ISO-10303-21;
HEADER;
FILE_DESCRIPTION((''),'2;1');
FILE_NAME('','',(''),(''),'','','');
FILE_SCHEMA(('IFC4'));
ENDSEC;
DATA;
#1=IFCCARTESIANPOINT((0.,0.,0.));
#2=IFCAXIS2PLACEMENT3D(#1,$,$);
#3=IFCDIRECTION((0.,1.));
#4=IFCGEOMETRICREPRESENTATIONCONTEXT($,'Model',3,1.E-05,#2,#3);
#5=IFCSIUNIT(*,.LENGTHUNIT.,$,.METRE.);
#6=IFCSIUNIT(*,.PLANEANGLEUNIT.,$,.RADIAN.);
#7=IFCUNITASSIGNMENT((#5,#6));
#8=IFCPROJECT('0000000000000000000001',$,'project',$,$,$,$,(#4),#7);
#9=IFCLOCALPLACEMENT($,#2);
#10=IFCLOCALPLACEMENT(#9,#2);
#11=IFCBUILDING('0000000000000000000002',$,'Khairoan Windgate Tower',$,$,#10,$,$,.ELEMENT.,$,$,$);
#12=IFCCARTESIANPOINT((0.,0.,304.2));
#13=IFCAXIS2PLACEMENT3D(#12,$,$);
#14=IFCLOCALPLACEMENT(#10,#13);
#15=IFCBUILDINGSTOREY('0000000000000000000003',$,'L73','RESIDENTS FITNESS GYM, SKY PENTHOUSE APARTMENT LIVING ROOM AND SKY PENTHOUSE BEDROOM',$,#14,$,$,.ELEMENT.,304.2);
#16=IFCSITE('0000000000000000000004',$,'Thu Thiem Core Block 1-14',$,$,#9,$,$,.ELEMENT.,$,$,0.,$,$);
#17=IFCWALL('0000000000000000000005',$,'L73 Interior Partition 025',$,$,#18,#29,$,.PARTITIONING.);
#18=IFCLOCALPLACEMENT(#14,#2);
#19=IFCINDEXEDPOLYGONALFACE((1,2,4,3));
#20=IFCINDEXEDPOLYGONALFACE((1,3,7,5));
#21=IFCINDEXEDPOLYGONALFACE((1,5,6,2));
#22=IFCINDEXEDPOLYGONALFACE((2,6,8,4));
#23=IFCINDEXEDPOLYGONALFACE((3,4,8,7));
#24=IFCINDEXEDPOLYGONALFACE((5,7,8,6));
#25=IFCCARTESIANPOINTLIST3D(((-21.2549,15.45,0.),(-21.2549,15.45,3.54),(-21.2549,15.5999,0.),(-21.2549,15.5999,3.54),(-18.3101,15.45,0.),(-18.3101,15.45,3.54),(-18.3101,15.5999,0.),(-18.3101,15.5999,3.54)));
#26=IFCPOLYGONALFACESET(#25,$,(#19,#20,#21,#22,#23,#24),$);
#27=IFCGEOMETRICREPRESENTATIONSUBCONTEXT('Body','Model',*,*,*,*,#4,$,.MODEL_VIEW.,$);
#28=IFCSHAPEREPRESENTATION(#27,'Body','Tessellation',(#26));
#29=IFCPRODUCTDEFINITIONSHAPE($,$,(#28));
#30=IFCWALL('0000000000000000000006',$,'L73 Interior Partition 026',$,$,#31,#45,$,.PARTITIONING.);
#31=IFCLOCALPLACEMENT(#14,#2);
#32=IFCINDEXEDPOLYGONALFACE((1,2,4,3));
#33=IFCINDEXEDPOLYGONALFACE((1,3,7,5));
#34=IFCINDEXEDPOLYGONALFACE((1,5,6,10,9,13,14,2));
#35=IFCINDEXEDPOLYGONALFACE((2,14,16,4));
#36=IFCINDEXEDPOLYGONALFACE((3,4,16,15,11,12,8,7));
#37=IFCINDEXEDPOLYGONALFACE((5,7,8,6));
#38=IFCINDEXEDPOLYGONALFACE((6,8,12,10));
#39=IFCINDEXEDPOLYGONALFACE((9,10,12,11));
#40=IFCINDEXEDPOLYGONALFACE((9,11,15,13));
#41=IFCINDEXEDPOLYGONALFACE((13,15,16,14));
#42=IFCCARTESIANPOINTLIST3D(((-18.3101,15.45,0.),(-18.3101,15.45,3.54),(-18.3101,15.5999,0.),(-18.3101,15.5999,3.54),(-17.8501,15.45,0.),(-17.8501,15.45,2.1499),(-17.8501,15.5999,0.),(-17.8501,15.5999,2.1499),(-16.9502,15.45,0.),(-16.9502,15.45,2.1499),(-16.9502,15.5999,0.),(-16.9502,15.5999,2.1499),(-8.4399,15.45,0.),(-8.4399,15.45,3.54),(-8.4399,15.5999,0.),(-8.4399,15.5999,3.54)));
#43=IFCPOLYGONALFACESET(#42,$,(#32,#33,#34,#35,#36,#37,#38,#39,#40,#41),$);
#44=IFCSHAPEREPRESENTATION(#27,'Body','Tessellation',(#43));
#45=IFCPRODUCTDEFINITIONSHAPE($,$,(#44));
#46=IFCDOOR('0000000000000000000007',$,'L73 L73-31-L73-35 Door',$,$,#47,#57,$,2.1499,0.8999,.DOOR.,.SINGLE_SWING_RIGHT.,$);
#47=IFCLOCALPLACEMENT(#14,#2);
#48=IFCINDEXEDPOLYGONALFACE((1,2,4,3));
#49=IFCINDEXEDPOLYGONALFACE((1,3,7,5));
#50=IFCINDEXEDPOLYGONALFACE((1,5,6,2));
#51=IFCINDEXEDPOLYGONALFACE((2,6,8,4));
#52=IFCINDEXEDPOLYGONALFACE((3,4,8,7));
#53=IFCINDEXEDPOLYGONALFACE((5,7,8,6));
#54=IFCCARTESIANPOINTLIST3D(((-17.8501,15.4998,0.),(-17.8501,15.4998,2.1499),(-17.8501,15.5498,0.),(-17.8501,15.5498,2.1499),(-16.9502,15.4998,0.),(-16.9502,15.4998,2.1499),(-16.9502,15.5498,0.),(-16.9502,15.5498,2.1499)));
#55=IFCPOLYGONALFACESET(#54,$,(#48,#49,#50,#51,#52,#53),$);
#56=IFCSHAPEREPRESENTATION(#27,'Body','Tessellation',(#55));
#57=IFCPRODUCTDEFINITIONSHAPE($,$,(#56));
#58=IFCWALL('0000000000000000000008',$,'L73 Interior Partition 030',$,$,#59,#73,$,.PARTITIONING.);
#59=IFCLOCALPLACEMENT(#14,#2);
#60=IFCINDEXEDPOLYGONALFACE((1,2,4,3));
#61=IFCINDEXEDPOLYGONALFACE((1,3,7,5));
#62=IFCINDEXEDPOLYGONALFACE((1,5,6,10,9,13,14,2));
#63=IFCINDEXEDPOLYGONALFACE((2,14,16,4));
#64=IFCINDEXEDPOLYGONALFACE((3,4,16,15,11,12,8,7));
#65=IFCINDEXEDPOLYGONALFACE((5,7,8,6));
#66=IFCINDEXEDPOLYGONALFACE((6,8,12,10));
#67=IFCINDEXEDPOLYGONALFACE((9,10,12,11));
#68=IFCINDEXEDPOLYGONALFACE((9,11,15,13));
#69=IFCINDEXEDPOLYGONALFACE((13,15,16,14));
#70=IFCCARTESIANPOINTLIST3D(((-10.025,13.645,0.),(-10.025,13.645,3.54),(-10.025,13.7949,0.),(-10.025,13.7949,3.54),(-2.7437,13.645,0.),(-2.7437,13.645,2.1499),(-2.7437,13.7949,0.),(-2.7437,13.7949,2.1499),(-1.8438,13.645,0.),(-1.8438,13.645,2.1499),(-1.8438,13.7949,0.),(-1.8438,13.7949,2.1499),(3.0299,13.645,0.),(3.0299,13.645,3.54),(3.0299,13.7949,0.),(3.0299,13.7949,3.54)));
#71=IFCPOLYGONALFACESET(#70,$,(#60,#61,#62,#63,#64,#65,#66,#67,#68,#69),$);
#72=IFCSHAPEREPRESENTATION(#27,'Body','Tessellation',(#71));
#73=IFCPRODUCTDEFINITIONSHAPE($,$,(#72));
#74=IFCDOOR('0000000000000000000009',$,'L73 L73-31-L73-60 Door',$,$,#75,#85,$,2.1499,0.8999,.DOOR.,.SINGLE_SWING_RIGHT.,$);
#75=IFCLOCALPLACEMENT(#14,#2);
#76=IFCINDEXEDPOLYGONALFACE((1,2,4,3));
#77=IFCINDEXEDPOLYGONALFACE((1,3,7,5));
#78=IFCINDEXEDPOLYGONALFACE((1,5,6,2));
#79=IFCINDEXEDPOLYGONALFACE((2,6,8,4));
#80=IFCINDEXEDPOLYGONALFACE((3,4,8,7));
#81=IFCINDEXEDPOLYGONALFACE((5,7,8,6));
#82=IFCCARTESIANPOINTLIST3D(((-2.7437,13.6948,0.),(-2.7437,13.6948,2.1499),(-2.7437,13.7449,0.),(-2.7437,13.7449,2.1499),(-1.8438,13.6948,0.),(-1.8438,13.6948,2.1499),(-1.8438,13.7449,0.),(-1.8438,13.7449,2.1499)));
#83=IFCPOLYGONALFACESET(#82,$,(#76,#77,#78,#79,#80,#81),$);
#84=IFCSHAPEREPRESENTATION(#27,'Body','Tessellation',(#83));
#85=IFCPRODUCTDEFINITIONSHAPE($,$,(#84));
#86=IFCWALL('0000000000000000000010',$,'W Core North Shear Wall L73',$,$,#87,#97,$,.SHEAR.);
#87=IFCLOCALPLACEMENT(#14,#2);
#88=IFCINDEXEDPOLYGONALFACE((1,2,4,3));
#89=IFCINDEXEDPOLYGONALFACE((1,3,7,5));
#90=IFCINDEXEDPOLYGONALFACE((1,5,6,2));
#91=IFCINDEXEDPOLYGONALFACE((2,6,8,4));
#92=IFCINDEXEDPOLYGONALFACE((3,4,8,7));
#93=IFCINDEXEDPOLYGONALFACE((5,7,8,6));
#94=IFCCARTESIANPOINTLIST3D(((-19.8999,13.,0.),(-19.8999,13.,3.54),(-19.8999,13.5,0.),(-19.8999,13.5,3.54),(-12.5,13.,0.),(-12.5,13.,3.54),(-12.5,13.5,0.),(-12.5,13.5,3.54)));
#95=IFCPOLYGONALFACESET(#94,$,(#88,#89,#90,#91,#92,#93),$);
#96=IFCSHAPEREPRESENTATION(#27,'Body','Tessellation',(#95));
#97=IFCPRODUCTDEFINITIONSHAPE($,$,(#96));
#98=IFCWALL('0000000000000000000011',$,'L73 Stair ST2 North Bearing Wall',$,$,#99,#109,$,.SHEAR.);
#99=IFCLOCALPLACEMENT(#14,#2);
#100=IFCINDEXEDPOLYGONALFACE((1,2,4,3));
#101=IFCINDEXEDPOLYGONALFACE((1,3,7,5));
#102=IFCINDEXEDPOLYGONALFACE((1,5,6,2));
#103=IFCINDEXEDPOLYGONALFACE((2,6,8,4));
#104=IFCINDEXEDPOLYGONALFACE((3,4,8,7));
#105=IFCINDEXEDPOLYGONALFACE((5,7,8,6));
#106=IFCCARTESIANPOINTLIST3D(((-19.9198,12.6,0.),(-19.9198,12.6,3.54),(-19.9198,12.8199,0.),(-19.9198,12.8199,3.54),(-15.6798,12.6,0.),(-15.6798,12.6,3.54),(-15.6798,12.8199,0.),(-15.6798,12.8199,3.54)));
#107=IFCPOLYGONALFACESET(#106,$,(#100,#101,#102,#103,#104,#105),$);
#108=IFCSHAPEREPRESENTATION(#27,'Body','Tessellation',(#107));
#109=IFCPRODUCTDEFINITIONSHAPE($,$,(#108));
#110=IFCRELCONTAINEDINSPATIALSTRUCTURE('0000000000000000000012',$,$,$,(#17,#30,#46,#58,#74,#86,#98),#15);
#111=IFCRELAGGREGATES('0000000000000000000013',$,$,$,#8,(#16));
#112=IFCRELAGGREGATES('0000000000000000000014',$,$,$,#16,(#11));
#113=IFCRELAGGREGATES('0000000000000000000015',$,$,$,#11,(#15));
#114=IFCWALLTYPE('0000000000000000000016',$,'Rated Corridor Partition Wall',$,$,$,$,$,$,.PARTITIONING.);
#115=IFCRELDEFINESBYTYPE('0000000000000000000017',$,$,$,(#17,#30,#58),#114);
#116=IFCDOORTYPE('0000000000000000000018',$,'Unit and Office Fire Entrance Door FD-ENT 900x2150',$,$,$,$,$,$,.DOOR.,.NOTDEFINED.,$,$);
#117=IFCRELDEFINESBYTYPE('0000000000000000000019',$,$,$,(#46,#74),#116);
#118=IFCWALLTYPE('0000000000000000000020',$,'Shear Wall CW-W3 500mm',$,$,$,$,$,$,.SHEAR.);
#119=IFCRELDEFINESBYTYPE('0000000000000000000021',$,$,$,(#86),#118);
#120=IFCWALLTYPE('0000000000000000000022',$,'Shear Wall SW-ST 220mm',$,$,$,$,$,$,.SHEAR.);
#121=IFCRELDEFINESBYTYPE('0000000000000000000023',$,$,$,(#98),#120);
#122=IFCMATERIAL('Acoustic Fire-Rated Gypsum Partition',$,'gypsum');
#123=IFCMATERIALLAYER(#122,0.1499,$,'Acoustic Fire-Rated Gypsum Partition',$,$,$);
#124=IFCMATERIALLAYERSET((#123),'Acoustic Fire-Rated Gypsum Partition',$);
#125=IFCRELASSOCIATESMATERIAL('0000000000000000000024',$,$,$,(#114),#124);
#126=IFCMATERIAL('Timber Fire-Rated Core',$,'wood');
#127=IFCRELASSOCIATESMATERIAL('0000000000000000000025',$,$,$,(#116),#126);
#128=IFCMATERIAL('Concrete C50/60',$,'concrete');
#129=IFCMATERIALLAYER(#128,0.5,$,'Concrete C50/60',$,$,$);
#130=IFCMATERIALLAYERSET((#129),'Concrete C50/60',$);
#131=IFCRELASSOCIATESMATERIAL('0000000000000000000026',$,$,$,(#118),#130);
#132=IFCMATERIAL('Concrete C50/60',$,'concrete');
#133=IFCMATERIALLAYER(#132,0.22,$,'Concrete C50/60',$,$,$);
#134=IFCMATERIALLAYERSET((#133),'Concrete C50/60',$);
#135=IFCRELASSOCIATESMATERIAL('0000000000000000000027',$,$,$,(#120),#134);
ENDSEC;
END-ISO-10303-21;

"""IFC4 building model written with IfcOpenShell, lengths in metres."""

from ifc_helpers import new_model, si_unit, direction, frame, frame_2d, origin, place, context, subcontext, project, spatial, rectangle, extrude, material, layer, layer_set, type_object, element, fill, save


model = new_model("IFC4")

# Units and contexts
model_context = context("Model", 3, precision=1e-05, world=origin(), true_north=direction((0.0, 1.0)))
body_context = subcontext(model_context, "Body", "Model", "MODEL_VIEW")
ifc_project = project(units=[si_unit("LENGTHUNIT", "METRE"), si_unit("PLANEANGLEUNIT", "RADIAN")], contexts=[model_context])

# Site, building, storey
site_placement = place(None, origin())
site = spatial("IfcSite", under=ifc_project, at=site_placement, Name="Thu Thiem Core Block 1-14", CompositionType="ELEMENT", RefElevation=0.0)
building_placement = place(site_placement, origin())
building = spatial("IfcBuilding", under=site, at=building_placement, Name="Khairoan Windgate Tower", CompositionType="ELEMENT")
storey_placement = place(building_placement, frame((0.0, 0.0, 304.2)))
storey = spatial("IfcBuildingStorey", under=building, at=storey_placement, Name="L73", Description="RESIDENTS FITNESS GYM, SKY PENTHOUSE APARTMENT LIVING ROOM AND SKY PENTHOUSE BEDROOM", CompositionType="ELEMENT", Elevation=304.2)

# Wall
ifc_material_1 = material(Name="Acoustic Fire-Rated Gypsum Partition", Category="gypsum")
ifc_layer_1 = layer(ifc_material_1, 0.1499, Name="Acoustic Fire-Rated Gypsum Partition")
ifc_layer_set_1 = layer_set([ifc_layer_1], Name="Acoustic Fire-Rated Gypsum Partition")
wall_type_1 = type_object("IfcWallType", Name="Rated Corridor Partition Wall", PredefinedType="PARTITIONING", material=ifc_layer_set_1)
wall_1_placement = place(storey_placement, frame((-21.2549, 15.5249, 0.0), z_axis=(0.0, 0.0, 1.0), x_axis=(1.0, 0.0, 0.0)))
element("IfcWall", 1, at=wall_1_placement, inside=storey, type_object=wall_type_1, Name="L73 Interior Partition 025", PredefinedType="PARTITIONING", context=body_context, shape_type="SweptSolid", body=[
    extrude(rectangle(XDim=2.9448, YDim=0.1499, at=frame_2d((1.4724, 0.0))), origin(), (0.0, 0.0, 1.0), 3.54),
])

# Walls, openings, doors
wall_2_placement = place(storey_placement, frame((-18.3101, 15.5249, 0.0), z_axis=(0.0, 0.0, 1.0), x_axis=(1.0, 0.0, 0.0)))
wall_2 = element("IfcWall", 2, at=wall_2_placement, inside=storey, type_object=wall_type_1, Name="L73 Interior Partition 026", PredefinedType="PARTITIONING", context=body_context, shape_type="SweptSolid", body=[
    extrude(rectangle(XDim=9.8701, YDim=0.1499, at=frame_2d((4.9351, 0.0))), origin(), (0.0, 0.0, 1.0), 3.54),
])
opening_1_placement = place(wall_2_placement, frame((0.46, 0.0, 0.0)))
opening_1 = element("IfcOpeningElement", 3, at=opening_1_placement, cuts=wall_2, PredefinedType="OPENING", context=body_context, shape_type="SweptSolid", body=[
    extrude(rectangle(XDim=0.8999, YDim=2.1499, at=frame_2d((0.45, 1.075))), frame((0.0, 0.085, 0.0), z_axis=(0.0, -1.0, 0.0), x_axis=(1.0, 0.0, 0.0)), (0.0, 0.0, 1.0), 0.1699),
])
ifc_material_2 = material(Name="Timber Fire-Rated Core", Category="wood")
door_type_1 = type_object("IfcDoorType", Name="Unit and Office Fire Entrance Door FD-ENT 900x2150", OperationType="NOTDEFINED", PredefinedType="DOOR", material=ifc_material_2)
door_1_placement = place(opening_1_placement, origin())
door_1 = element("IfcDoor", 4, at=door_1_placement, inside=storey, type_object=door_type_1, Name="L73 L73-31-L73-35 Door", OperationType="SINGLE_SWING_RIGHT", OverallHeight=2.1499, OverallWidth=0.8999, PredefinedType="DOOR", context=body_context, shape_type="SweptSolid", body=[
    extrude(rectangle(XDim=0.8999, YDim=2.1499, at=frame_2d((0.45, 1.075))), frame((0.0, 0.0249, 0.0), z_axis=(0.0, -1.0, 0.0), x_axis=(1.0, 0.0, 0.0)), (0.0, 0.0, 1.0), 0.05),
])
fill(opening_1, door_1)
wall_3_placement = place(storey_placement, frame((-10.0249, 13.72, 0.0), z_axis=(0.0, 0.0, 1.0), x_axis=(1.0, 0.0, 0.0)))
wall_3 = element("IfcWall", 5, at=wall_3_placement, inside=storey, type_object=wall_type_1, Name="L73 Interior Partition 030", PredefinedType="PARTITIONING", context=body_context, shape_type="SweptSolid", body=[
    extrude(rectangle(XDim=13.0549, YDim=0.1499, at=frame_2d((6.5273, 0.0))), origin(), (0.0, 0.0, 1.0), 3.54),
])
opening_2_placement = place(wall_3_placement, frame((7.2812, 0.0, 0.0)))
opening_2 = element("IfcOpeningElement", 6, at=opening_2_placement, cuts=wall_3, PredefinedType="OPENING", context=body_context, shape_type="SweptSolid", body=[
    extrude(rectangle(XDim=0.8999, YDim=2.1499, at=frame_2d((0.45, 1.075))), frame((0.0, 0.085, 0.0), z_axis=(0.0, -1.0, 0.0), x_axis=(1.0, 0.0, 0.0)), (0.0, 0.0, 1.0), 0.1699),
])
door_2_placement = place(opening_2_placement, origin())
door_2 = element("IfcDoor", 7, at=door_2_placement, inside=storey, type_object=door_type_1, Name="L73 L73-31-L73-60 Door", OperationType="SINGLE_SWING_RIGHT", OverallHeight=2.1499, OverallWidth=0.8999, PredefinedType="DOOR", context=body_context, shape_type="SweptSolid", body=[
    extrude(rectangle(XDim=0.8999, YDim=2.1499, at=frame_2d((0.45, 1.075))), frame((0.0, 0.0249, 0.0), z_axis=(0.0, -1.0, 0.0), x_axis=(1.0, 0.0, 0.0)), (0.0, 0.0, 1.0), 0.05),
])
fill(opening_2, door_2)

# Walls
ifc_material_3 = material(Name="Concrete C50/60", Category="concrete")
ifc_layer_2 = layer(ifc_material_3, 0.5, Name="Concrete C50/60")
ifc_layer_set_2 = layer_set([ifc_layer_2], Name="Concrete C50/60")
wall_type_2 = type_object("IfcWallType", Name="Shear Wall CW-W3 500mm", PredefinedType="SHEAR", material=ifc_layer_set_2)
wall_4_placement = place(storey_placement, frame((-19.8999, 13.25, 0.0), z_axis=(0.0, 0.0, 1.0), x_axis=(1.0, 0.0, 0.0)))
element("IfcWall", 8, at=wall_4_placement, inside=storey, type_object=wall_type_2, Name="W Core North Shear Wall L73", PredefinedType="SHEAR", context=body_context, shape_type="SweptSolid", body=[
    extrude(rectangle(XDim=7.3999, YDim=0.5, at=frame_2d((3.7, 0.0))), origin(), (0.0, 0.0, 1.0), 3.54),
])
ifc_material_4 = material(Name="Concrete C50/60", Category="concrete")
ifc_layer_3 = layer(ifc_material_4, 0.22, Name="Concrete C50/60")
ifc_layer_set_3 = layer_set([ifc_layer_3], Name="Concrete C50/60")
wall_type_3 = type_object("IfcWallType", Name="Shear Wall SW-ST 220mm", PredefinedType="SHEAR", material=ifc_layer_set_3)
wall_5_placement = place(storey_placement, frame((-19.9199, 12.71, 0.0), z_axis=(0.0, 0.0, 1.0), x_axis=(1.0, 0.0, 0.0)))
element("IfcWall", 9, at=wall_5_placement, inside=storey, type_object=wall_type_3, Name="L73 Stair ST2 North Bearing Wall", PredefinedType="SHEAR", context=body_context, shape_type="SweptSolid", body=[
    extrude(rectangle(XDim=4.24, YDim=0.22, at=frame_2d((2.1201, 0.0))), origin(), (0.0, 0.0, 1.0), 3.54),
])

save(model, "model.ifc")
